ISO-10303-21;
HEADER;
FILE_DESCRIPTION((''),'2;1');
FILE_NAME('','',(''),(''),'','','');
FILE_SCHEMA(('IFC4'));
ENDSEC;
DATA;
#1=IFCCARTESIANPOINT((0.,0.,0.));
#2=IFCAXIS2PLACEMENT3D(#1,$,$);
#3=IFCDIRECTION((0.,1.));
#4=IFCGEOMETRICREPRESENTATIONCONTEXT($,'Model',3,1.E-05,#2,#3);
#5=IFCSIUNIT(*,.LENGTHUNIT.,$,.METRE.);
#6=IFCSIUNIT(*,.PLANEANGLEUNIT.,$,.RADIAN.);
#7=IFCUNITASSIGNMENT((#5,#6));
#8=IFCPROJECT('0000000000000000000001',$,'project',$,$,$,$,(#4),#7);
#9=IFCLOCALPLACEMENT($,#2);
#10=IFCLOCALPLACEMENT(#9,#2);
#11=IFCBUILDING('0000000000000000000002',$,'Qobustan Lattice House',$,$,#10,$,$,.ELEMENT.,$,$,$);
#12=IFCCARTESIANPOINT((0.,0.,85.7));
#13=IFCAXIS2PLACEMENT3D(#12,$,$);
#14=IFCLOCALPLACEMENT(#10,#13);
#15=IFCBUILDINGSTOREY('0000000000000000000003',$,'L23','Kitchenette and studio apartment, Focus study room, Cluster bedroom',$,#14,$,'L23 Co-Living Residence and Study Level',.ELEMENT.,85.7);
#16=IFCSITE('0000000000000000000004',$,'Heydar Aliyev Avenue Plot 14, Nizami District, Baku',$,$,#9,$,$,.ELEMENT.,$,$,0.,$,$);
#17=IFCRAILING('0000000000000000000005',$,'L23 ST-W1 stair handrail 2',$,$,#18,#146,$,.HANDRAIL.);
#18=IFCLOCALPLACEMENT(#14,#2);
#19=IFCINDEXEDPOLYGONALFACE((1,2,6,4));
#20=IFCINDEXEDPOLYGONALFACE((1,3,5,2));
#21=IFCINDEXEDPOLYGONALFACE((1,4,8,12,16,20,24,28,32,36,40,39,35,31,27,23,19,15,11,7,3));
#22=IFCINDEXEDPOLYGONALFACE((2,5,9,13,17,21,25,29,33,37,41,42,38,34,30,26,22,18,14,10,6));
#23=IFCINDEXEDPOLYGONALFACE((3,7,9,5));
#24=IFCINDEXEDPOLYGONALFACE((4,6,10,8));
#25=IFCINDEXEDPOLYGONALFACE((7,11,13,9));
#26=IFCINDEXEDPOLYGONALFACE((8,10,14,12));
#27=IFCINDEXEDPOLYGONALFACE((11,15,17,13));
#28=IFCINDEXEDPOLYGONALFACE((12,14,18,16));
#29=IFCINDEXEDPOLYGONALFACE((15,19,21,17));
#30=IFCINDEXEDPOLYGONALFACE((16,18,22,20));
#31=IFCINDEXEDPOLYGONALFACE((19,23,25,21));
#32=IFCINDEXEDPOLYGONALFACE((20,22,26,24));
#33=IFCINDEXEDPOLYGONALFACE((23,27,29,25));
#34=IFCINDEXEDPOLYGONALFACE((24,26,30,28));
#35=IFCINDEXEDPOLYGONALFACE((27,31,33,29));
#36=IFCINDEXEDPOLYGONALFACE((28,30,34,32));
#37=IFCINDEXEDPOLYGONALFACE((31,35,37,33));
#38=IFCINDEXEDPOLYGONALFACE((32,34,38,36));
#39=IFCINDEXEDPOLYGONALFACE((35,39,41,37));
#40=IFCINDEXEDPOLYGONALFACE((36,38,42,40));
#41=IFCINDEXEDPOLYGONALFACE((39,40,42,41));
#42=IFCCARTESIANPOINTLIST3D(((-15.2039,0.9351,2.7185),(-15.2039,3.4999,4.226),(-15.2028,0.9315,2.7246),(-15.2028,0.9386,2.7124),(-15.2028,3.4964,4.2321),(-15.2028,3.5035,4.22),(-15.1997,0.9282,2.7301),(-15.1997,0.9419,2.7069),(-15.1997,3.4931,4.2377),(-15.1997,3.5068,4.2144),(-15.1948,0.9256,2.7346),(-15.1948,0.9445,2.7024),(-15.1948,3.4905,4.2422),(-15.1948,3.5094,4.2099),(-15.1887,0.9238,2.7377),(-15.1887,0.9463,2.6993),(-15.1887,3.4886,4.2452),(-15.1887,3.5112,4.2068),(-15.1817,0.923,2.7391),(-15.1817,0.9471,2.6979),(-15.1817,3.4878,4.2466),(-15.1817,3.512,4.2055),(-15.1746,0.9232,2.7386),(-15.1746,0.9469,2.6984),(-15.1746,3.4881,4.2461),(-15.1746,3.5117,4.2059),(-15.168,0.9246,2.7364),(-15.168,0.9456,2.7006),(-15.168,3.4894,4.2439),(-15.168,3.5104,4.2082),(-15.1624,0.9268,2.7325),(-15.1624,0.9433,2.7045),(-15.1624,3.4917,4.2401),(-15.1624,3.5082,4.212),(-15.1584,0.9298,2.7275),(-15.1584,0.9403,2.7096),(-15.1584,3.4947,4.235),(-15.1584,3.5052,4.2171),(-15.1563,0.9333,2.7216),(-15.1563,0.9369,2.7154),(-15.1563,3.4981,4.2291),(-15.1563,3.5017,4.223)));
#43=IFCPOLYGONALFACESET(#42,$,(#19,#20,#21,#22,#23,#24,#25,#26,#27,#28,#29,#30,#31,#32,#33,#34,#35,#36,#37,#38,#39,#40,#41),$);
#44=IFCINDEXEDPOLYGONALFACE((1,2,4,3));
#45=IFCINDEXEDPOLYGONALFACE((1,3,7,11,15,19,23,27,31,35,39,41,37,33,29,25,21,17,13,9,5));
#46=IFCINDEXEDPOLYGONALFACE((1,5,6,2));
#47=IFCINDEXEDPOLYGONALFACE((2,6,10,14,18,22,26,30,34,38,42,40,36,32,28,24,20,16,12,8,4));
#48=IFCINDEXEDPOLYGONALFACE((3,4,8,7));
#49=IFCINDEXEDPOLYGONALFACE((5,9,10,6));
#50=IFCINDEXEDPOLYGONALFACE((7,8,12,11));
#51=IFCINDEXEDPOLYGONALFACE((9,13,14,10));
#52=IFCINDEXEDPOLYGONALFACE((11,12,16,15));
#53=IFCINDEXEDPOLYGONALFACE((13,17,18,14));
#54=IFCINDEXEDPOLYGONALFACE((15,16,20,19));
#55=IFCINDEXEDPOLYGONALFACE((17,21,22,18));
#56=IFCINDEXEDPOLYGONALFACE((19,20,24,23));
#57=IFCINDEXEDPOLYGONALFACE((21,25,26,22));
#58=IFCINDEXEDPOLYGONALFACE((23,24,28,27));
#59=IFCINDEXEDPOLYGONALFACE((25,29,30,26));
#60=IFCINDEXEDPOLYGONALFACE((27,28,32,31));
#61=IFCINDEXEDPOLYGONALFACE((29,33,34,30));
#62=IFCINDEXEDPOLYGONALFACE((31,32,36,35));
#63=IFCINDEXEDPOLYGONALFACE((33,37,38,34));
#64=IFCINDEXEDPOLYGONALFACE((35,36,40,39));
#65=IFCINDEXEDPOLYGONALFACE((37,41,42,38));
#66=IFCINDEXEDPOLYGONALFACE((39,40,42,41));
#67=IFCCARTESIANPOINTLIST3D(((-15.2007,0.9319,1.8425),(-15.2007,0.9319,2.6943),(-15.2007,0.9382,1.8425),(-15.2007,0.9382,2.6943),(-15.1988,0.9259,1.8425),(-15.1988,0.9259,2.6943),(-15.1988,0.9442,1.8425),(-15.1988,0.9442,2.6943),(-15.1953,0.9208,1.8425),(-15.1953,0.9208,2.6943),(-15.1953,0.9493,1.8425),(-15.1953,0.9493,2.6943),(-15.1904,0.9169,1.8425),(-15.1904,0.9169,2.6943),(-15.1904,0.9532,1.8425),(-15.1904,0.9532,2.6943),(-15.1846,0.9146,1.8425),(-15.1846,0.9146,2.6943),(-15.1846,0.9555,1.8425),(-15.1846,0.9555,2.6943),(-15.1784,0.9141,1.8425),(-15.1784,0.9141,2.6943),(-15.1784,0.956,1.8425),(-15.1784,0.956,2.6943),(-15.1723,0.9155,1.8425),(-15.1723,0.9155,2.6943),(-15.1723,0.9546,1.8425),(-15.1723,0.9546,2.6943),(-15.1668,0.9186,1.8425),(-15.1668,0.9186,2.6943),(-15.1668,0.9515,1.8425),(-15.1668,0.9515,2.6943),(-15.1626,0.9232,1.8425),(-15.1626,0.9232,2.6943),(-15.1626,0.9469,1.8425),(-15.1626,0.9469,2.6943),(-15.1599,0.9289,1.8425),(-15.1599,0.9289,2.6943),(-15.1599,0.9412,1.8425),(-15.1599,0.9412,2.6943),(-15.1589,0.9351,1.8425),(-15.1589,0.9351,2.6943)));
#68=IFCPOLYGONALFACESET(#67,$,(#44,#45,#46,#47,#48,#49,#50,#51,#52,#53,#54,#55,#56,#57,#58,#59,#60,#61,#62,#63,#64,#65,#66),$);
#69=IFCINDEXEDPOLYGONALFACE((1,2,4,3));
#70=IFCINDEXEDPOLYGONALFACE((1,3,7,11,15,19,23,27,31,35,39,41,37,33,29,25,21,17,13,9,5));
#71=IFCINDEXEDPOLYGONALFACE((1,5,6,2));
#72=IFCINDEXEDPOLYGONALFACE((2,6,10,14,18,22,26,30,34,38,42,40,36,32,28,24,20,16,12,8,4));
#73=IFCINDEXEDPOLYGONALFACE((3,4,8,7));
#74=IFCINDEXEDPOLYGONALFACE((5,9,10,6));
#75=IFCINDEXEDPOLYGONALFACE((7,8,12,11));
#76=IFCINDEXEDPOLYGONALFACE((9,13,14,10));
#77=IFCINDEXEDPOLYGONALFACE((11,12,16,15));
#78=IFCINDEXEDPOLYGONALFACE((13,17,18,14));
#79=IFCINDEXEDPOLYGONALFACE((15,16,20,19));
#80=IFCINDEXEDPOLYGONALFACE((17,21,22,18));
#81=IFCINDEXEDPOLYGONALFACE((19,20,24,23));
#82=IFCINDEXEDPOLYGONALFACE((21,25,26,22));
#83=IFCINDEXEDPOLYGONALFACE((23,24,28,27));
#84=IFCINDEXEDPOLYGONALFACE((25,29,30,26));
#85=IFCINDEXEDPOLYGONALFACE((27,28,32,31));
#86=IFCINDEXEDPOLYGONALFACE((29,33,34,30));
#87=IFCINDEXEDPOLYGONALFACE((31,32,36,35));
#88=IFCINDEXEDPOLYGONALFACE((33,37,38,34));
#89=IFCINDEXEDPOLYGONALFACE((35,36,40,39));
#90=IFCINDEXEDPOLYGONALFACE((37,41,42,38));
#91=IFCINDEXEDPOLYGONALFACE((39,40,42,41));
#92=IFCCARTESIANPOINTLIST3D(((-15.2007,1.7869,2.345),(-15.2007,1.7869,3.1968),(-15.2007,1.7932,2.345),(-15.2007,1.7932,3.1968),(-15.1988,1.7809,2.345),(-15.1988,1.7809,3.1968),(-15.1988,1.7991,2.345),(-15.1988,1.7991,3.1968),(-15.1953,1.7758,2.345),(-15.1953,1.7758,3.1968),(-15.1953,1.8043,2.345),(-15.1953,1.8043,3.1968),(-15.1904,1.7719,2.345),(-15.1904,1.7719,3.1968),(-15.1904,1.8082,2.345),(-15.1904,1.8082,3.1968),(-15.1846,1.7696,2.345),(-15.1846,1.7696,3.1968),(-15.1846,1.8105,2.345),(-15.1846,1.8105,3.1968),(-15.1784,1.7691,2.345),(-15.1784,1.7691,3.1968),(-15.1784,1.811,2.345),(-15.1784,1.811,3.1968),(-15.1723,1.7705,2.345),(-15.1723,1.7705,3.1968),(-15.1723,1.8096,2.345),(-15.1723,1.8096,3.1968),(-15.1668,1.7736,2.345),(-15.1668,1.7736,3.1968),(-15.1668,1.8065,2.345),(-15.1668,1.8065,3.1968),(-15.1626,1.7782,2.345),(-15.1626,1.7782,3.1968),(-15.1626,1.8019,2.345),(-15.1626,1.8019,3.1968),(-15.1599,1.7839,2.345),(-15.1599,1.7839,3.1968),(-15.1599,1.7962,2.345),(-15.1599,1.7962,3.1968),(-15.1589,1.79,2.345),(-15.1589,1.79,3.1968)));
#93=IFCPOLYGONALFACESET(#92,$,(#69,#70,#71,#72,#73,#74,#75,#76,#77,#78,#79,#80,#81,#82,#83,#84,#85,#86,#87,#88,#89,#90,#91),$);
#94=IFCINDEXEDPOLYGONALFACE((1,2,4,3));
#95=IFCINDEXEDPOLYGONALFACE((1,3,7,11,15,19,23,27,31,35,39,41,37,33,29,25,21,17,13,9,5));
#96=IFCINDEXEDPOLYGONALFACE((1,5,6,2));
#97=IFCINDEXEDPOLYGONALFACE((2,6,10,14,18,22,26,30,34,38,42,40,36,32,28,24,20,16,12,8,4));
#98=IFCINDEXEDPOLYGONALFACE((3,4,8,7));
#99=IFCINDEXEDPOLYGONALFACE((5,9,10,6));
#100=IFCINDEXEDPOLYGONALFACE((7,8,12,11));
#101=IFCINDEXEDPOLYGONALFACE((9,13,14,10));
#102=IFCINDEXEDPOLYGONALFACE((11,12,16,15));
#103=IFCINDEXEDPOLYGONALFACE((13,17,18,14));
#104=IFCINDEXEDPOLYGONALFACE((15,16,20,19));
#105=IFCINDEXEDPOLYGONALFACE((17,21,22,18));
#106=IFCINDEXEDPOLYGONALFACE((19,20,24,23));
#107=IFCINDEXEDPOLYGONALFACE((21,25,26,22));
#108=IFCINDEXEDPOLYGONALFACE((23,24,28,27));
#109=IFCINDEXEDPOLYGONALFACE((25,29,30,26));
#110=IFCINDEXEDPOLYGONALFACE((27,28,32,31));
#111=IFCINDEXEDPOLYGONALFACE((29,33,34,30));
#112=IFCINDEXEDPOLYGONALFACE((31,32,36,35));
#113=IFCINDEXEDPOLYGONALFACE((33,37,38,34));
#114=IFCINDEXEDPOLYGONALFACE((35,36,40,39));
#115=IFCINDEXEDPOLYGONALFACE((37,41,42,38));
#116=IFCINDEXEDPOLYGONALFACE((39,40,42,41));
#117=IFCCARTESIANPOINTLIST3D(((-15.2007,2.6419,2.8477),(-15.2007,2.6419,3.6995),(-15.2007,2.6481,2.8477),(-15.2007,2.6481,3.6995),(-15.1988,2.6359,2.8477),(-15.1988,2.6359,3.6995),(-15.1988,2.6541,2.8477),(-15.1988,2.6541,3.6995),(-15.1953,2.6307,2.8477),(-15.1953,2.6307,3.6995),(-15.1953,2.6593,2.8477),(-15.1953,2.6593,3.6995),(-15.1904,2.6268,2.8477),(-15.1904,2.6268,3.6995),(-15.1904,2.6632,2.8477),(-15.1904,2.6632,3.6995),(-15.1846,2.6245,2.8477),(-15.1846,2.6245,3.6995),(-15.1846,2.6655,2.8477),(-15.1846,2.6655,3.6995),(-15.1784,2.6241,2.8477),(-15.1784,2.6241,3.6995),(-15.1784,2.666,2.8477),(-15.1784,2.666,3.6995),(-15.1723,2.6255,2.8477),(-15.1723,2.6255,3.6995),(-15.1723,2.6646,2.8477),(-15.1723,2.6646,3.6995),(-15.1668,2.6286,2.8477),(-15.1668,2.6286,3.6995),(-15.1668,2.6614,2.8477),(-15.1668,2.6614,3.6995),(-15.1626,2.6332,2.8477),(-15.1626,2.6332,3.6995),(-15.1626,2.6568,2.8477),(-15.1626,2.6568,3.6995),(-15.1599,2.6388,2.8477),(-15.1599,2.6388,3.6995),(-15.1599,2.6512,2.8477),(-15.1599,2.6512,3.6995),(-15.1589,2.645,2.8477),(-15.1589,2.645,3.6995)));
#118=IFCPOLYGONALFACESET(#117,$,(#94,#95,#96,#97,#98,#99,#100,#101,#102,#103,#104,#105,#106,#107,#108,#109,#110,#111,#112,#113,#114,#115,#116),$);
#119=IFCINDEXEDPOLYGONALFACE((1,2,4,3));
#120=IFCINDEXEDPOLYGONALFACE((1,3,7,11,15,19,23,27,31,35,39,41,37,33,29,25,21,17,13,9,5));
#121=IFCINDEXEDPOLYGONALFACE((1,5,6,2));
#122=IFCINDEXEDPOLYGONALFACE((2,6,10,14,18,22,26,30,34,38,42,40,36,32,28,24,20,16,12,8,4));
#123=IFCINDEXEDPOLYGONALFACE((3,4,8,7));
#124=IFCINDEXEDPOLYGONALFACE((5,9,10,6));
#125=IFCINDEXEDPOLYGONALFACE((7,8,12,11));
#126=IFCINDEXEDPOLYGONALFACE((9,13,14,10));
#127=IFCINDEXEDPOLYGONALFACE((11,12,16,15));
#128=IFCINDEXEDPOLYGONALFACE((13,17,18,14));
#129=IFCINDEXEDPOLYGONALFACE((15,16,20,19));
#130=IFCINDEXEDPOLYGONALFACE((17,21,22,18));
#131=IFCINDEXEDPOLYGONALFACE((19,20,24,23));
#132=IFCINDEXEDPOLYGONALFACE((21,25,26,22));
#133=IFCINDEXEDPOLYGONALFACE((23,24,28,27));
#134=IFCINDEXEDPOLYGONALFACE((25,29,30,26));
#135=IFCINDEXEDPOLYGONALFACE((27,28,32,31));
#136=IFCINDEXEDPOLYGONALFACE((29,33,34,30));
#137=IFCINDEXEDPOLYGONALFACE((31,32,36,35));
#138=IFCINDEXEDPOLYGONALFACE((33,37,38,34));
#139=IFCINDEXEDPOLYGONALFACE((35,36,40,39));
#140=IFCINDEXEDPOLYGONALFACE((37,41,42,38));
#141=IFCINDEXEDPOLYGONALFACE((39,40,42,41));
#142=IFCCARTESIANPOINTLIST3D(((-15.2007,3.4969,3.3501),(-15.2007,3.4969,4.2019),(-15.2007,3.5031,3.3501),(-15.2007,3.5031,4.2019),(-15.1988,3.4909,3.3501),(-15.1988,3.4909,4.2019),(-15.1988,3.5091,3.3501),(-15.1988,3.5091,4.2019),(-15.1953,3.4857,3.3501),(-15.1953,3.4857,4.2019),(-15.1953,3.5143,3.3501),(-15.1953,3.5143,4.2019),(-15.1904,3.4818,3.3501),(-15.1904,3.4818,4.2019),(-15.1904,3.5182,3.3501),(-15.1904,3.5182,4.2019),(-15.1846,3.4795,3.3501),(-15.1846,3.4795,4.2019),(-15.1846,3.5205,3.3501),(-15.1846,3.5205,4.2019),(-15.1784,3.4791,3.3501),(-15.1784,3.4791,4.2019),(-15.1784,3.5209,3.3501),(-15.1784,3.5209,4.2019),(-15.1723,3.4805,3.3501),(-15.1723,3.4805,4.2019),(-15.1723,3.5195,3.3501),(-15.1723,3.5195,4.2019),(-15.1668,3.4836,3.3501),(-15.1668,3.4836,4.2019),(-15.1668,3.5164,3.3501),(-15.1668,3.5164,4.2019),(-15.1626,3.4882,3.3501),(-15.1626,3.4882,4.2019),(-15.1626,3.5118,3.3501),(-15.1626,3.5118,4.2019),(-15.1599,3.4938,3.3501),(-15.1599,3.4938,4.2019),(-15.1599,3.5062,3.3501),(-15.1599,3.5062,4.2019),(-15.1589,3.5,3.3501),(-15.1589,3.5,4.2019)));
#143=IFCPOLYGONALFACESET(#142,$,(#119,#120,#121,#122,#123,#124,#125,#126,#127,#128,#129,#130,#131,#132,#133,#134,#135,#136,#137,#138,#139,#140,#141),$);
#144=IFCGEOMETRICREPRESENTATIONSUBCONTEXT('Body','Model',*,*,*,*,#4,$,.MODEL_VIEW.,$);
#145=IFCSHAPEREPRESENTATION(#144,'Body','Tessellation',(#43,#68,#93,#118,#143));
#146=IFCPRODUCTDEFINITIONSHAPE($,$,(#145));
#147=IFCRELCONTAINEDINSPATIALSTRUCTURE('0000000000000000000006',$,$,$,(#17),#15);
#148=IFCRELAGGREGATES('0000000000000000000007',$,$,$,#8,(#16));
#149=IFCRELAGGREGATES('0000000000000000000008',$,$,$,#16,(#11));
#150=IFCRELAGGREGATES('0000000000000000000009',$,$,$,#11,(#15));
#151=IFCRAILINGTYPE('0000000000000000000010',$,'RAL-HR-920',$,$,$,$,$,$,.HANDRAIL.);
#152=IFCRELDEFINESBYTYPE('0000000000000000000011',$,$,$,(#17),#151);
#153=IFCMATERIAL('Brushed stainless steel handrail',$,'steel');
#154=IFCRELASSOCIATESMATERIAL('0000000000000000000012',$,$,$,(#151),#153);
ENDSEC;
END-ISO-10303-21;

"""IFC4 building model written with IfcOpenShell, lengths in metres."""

from ifc_helpers import new_model, si_unit, direction, frame, origin, origin_2d, place, context, subcontext, project, spatial, circle, extrude, material, type_object, element, save


model = new_model("IFC4")

# Units and contexts
model_context = context("Model", 3, precision=1e-05, world=origin(), true_north=direction((0.0, 1.0)))
body_context = subcontext(model_context, "Body", "Model", "MODEL_VIEW")
ifc_project = project(units=[si_unit("LENGTHUNIT", "METRE"), si_unit("PLANEANGLEUNIT", "RADIAN")], contexts=[model_context])

# Site, building, storey
site_placement = place(None, origin())
site = spatial("IfcSite", under=ifc_project, at=site_placement, Name="Heydar Aliyev Avenue Plot 14, Nizami District, Baku", CompositionType="ELEMENT", RefElevation=0.0)
building_placement = place(site_placement, origin())
building = spatial("IfcBuilding", under=site, at=building_placement, Name="Qobustan Lattice House", CompositionType="ELEMENT")
storey_placement = place(building_placement, frame((0.0, 0.0, 85.7)))
storey = spatial("IfcBuildingStorey", under=building, at=storey_placement, Name="L23", Description="Kitchenette and studio apartment, Focus study room, Cluster bedroom", LongName="L23 Co-Living Residence and Study Level", CompositionType="ELEMENT", Elevation=85.7)

# Railing
ifc_material_1 = material(Name="Brushed stainless steel handrail", Category="steel")
railing_type_1 = type_object("IfcRailingType", Name="RAL-HR-920", PredefinedType="HANDRAIL", material=ifc_material_1)
railing_1_placement = place(storey_placement, frame((-15.1799, 0.9351, 1.8425)))
element("IfcRailing", 1, at=railing_1_placement, inside=storey, type_object=railing_type_1, Name="L23 ST-W1 stair handrail 2", PredefinedType="HANDRAIL", context=body_context, shape_type="SweptSolid", body=[
    extrude(circle(Radius=0.0239, at=origin_2d()), frame((0.0, 0.0, 0.876), z_axis=(0.0, 0.862113, 0.506715), x_axis=(-1.0, 0.0, 0.0)), (0.0, 0.0, 1.0), 2.9751),
    extrude(circle(Radius=0.021, at=origin_2d()), origin(), (0.0, 0.0, 1.0), 0.8518),
    extrude(circle(Radius=0.021, at=origin_2d()), frame((0.0, 0.855, 0.5024)), (0.0, 0.0, 1.0), 0.8518),
    extrude(circle(Radius=0.021, at=origin_2d()), frame((0.0, 1.71, 1.0051)), (0.0, 0.0, 1.0), 0.8518),
    extrude(circle(Radius=0.021, at=origin_2d()), frame((0.0, 2.5649, 1.5076)), (0.0, 0.0, 1.0), 0.8518),
])

save(model, "model.ifc")
